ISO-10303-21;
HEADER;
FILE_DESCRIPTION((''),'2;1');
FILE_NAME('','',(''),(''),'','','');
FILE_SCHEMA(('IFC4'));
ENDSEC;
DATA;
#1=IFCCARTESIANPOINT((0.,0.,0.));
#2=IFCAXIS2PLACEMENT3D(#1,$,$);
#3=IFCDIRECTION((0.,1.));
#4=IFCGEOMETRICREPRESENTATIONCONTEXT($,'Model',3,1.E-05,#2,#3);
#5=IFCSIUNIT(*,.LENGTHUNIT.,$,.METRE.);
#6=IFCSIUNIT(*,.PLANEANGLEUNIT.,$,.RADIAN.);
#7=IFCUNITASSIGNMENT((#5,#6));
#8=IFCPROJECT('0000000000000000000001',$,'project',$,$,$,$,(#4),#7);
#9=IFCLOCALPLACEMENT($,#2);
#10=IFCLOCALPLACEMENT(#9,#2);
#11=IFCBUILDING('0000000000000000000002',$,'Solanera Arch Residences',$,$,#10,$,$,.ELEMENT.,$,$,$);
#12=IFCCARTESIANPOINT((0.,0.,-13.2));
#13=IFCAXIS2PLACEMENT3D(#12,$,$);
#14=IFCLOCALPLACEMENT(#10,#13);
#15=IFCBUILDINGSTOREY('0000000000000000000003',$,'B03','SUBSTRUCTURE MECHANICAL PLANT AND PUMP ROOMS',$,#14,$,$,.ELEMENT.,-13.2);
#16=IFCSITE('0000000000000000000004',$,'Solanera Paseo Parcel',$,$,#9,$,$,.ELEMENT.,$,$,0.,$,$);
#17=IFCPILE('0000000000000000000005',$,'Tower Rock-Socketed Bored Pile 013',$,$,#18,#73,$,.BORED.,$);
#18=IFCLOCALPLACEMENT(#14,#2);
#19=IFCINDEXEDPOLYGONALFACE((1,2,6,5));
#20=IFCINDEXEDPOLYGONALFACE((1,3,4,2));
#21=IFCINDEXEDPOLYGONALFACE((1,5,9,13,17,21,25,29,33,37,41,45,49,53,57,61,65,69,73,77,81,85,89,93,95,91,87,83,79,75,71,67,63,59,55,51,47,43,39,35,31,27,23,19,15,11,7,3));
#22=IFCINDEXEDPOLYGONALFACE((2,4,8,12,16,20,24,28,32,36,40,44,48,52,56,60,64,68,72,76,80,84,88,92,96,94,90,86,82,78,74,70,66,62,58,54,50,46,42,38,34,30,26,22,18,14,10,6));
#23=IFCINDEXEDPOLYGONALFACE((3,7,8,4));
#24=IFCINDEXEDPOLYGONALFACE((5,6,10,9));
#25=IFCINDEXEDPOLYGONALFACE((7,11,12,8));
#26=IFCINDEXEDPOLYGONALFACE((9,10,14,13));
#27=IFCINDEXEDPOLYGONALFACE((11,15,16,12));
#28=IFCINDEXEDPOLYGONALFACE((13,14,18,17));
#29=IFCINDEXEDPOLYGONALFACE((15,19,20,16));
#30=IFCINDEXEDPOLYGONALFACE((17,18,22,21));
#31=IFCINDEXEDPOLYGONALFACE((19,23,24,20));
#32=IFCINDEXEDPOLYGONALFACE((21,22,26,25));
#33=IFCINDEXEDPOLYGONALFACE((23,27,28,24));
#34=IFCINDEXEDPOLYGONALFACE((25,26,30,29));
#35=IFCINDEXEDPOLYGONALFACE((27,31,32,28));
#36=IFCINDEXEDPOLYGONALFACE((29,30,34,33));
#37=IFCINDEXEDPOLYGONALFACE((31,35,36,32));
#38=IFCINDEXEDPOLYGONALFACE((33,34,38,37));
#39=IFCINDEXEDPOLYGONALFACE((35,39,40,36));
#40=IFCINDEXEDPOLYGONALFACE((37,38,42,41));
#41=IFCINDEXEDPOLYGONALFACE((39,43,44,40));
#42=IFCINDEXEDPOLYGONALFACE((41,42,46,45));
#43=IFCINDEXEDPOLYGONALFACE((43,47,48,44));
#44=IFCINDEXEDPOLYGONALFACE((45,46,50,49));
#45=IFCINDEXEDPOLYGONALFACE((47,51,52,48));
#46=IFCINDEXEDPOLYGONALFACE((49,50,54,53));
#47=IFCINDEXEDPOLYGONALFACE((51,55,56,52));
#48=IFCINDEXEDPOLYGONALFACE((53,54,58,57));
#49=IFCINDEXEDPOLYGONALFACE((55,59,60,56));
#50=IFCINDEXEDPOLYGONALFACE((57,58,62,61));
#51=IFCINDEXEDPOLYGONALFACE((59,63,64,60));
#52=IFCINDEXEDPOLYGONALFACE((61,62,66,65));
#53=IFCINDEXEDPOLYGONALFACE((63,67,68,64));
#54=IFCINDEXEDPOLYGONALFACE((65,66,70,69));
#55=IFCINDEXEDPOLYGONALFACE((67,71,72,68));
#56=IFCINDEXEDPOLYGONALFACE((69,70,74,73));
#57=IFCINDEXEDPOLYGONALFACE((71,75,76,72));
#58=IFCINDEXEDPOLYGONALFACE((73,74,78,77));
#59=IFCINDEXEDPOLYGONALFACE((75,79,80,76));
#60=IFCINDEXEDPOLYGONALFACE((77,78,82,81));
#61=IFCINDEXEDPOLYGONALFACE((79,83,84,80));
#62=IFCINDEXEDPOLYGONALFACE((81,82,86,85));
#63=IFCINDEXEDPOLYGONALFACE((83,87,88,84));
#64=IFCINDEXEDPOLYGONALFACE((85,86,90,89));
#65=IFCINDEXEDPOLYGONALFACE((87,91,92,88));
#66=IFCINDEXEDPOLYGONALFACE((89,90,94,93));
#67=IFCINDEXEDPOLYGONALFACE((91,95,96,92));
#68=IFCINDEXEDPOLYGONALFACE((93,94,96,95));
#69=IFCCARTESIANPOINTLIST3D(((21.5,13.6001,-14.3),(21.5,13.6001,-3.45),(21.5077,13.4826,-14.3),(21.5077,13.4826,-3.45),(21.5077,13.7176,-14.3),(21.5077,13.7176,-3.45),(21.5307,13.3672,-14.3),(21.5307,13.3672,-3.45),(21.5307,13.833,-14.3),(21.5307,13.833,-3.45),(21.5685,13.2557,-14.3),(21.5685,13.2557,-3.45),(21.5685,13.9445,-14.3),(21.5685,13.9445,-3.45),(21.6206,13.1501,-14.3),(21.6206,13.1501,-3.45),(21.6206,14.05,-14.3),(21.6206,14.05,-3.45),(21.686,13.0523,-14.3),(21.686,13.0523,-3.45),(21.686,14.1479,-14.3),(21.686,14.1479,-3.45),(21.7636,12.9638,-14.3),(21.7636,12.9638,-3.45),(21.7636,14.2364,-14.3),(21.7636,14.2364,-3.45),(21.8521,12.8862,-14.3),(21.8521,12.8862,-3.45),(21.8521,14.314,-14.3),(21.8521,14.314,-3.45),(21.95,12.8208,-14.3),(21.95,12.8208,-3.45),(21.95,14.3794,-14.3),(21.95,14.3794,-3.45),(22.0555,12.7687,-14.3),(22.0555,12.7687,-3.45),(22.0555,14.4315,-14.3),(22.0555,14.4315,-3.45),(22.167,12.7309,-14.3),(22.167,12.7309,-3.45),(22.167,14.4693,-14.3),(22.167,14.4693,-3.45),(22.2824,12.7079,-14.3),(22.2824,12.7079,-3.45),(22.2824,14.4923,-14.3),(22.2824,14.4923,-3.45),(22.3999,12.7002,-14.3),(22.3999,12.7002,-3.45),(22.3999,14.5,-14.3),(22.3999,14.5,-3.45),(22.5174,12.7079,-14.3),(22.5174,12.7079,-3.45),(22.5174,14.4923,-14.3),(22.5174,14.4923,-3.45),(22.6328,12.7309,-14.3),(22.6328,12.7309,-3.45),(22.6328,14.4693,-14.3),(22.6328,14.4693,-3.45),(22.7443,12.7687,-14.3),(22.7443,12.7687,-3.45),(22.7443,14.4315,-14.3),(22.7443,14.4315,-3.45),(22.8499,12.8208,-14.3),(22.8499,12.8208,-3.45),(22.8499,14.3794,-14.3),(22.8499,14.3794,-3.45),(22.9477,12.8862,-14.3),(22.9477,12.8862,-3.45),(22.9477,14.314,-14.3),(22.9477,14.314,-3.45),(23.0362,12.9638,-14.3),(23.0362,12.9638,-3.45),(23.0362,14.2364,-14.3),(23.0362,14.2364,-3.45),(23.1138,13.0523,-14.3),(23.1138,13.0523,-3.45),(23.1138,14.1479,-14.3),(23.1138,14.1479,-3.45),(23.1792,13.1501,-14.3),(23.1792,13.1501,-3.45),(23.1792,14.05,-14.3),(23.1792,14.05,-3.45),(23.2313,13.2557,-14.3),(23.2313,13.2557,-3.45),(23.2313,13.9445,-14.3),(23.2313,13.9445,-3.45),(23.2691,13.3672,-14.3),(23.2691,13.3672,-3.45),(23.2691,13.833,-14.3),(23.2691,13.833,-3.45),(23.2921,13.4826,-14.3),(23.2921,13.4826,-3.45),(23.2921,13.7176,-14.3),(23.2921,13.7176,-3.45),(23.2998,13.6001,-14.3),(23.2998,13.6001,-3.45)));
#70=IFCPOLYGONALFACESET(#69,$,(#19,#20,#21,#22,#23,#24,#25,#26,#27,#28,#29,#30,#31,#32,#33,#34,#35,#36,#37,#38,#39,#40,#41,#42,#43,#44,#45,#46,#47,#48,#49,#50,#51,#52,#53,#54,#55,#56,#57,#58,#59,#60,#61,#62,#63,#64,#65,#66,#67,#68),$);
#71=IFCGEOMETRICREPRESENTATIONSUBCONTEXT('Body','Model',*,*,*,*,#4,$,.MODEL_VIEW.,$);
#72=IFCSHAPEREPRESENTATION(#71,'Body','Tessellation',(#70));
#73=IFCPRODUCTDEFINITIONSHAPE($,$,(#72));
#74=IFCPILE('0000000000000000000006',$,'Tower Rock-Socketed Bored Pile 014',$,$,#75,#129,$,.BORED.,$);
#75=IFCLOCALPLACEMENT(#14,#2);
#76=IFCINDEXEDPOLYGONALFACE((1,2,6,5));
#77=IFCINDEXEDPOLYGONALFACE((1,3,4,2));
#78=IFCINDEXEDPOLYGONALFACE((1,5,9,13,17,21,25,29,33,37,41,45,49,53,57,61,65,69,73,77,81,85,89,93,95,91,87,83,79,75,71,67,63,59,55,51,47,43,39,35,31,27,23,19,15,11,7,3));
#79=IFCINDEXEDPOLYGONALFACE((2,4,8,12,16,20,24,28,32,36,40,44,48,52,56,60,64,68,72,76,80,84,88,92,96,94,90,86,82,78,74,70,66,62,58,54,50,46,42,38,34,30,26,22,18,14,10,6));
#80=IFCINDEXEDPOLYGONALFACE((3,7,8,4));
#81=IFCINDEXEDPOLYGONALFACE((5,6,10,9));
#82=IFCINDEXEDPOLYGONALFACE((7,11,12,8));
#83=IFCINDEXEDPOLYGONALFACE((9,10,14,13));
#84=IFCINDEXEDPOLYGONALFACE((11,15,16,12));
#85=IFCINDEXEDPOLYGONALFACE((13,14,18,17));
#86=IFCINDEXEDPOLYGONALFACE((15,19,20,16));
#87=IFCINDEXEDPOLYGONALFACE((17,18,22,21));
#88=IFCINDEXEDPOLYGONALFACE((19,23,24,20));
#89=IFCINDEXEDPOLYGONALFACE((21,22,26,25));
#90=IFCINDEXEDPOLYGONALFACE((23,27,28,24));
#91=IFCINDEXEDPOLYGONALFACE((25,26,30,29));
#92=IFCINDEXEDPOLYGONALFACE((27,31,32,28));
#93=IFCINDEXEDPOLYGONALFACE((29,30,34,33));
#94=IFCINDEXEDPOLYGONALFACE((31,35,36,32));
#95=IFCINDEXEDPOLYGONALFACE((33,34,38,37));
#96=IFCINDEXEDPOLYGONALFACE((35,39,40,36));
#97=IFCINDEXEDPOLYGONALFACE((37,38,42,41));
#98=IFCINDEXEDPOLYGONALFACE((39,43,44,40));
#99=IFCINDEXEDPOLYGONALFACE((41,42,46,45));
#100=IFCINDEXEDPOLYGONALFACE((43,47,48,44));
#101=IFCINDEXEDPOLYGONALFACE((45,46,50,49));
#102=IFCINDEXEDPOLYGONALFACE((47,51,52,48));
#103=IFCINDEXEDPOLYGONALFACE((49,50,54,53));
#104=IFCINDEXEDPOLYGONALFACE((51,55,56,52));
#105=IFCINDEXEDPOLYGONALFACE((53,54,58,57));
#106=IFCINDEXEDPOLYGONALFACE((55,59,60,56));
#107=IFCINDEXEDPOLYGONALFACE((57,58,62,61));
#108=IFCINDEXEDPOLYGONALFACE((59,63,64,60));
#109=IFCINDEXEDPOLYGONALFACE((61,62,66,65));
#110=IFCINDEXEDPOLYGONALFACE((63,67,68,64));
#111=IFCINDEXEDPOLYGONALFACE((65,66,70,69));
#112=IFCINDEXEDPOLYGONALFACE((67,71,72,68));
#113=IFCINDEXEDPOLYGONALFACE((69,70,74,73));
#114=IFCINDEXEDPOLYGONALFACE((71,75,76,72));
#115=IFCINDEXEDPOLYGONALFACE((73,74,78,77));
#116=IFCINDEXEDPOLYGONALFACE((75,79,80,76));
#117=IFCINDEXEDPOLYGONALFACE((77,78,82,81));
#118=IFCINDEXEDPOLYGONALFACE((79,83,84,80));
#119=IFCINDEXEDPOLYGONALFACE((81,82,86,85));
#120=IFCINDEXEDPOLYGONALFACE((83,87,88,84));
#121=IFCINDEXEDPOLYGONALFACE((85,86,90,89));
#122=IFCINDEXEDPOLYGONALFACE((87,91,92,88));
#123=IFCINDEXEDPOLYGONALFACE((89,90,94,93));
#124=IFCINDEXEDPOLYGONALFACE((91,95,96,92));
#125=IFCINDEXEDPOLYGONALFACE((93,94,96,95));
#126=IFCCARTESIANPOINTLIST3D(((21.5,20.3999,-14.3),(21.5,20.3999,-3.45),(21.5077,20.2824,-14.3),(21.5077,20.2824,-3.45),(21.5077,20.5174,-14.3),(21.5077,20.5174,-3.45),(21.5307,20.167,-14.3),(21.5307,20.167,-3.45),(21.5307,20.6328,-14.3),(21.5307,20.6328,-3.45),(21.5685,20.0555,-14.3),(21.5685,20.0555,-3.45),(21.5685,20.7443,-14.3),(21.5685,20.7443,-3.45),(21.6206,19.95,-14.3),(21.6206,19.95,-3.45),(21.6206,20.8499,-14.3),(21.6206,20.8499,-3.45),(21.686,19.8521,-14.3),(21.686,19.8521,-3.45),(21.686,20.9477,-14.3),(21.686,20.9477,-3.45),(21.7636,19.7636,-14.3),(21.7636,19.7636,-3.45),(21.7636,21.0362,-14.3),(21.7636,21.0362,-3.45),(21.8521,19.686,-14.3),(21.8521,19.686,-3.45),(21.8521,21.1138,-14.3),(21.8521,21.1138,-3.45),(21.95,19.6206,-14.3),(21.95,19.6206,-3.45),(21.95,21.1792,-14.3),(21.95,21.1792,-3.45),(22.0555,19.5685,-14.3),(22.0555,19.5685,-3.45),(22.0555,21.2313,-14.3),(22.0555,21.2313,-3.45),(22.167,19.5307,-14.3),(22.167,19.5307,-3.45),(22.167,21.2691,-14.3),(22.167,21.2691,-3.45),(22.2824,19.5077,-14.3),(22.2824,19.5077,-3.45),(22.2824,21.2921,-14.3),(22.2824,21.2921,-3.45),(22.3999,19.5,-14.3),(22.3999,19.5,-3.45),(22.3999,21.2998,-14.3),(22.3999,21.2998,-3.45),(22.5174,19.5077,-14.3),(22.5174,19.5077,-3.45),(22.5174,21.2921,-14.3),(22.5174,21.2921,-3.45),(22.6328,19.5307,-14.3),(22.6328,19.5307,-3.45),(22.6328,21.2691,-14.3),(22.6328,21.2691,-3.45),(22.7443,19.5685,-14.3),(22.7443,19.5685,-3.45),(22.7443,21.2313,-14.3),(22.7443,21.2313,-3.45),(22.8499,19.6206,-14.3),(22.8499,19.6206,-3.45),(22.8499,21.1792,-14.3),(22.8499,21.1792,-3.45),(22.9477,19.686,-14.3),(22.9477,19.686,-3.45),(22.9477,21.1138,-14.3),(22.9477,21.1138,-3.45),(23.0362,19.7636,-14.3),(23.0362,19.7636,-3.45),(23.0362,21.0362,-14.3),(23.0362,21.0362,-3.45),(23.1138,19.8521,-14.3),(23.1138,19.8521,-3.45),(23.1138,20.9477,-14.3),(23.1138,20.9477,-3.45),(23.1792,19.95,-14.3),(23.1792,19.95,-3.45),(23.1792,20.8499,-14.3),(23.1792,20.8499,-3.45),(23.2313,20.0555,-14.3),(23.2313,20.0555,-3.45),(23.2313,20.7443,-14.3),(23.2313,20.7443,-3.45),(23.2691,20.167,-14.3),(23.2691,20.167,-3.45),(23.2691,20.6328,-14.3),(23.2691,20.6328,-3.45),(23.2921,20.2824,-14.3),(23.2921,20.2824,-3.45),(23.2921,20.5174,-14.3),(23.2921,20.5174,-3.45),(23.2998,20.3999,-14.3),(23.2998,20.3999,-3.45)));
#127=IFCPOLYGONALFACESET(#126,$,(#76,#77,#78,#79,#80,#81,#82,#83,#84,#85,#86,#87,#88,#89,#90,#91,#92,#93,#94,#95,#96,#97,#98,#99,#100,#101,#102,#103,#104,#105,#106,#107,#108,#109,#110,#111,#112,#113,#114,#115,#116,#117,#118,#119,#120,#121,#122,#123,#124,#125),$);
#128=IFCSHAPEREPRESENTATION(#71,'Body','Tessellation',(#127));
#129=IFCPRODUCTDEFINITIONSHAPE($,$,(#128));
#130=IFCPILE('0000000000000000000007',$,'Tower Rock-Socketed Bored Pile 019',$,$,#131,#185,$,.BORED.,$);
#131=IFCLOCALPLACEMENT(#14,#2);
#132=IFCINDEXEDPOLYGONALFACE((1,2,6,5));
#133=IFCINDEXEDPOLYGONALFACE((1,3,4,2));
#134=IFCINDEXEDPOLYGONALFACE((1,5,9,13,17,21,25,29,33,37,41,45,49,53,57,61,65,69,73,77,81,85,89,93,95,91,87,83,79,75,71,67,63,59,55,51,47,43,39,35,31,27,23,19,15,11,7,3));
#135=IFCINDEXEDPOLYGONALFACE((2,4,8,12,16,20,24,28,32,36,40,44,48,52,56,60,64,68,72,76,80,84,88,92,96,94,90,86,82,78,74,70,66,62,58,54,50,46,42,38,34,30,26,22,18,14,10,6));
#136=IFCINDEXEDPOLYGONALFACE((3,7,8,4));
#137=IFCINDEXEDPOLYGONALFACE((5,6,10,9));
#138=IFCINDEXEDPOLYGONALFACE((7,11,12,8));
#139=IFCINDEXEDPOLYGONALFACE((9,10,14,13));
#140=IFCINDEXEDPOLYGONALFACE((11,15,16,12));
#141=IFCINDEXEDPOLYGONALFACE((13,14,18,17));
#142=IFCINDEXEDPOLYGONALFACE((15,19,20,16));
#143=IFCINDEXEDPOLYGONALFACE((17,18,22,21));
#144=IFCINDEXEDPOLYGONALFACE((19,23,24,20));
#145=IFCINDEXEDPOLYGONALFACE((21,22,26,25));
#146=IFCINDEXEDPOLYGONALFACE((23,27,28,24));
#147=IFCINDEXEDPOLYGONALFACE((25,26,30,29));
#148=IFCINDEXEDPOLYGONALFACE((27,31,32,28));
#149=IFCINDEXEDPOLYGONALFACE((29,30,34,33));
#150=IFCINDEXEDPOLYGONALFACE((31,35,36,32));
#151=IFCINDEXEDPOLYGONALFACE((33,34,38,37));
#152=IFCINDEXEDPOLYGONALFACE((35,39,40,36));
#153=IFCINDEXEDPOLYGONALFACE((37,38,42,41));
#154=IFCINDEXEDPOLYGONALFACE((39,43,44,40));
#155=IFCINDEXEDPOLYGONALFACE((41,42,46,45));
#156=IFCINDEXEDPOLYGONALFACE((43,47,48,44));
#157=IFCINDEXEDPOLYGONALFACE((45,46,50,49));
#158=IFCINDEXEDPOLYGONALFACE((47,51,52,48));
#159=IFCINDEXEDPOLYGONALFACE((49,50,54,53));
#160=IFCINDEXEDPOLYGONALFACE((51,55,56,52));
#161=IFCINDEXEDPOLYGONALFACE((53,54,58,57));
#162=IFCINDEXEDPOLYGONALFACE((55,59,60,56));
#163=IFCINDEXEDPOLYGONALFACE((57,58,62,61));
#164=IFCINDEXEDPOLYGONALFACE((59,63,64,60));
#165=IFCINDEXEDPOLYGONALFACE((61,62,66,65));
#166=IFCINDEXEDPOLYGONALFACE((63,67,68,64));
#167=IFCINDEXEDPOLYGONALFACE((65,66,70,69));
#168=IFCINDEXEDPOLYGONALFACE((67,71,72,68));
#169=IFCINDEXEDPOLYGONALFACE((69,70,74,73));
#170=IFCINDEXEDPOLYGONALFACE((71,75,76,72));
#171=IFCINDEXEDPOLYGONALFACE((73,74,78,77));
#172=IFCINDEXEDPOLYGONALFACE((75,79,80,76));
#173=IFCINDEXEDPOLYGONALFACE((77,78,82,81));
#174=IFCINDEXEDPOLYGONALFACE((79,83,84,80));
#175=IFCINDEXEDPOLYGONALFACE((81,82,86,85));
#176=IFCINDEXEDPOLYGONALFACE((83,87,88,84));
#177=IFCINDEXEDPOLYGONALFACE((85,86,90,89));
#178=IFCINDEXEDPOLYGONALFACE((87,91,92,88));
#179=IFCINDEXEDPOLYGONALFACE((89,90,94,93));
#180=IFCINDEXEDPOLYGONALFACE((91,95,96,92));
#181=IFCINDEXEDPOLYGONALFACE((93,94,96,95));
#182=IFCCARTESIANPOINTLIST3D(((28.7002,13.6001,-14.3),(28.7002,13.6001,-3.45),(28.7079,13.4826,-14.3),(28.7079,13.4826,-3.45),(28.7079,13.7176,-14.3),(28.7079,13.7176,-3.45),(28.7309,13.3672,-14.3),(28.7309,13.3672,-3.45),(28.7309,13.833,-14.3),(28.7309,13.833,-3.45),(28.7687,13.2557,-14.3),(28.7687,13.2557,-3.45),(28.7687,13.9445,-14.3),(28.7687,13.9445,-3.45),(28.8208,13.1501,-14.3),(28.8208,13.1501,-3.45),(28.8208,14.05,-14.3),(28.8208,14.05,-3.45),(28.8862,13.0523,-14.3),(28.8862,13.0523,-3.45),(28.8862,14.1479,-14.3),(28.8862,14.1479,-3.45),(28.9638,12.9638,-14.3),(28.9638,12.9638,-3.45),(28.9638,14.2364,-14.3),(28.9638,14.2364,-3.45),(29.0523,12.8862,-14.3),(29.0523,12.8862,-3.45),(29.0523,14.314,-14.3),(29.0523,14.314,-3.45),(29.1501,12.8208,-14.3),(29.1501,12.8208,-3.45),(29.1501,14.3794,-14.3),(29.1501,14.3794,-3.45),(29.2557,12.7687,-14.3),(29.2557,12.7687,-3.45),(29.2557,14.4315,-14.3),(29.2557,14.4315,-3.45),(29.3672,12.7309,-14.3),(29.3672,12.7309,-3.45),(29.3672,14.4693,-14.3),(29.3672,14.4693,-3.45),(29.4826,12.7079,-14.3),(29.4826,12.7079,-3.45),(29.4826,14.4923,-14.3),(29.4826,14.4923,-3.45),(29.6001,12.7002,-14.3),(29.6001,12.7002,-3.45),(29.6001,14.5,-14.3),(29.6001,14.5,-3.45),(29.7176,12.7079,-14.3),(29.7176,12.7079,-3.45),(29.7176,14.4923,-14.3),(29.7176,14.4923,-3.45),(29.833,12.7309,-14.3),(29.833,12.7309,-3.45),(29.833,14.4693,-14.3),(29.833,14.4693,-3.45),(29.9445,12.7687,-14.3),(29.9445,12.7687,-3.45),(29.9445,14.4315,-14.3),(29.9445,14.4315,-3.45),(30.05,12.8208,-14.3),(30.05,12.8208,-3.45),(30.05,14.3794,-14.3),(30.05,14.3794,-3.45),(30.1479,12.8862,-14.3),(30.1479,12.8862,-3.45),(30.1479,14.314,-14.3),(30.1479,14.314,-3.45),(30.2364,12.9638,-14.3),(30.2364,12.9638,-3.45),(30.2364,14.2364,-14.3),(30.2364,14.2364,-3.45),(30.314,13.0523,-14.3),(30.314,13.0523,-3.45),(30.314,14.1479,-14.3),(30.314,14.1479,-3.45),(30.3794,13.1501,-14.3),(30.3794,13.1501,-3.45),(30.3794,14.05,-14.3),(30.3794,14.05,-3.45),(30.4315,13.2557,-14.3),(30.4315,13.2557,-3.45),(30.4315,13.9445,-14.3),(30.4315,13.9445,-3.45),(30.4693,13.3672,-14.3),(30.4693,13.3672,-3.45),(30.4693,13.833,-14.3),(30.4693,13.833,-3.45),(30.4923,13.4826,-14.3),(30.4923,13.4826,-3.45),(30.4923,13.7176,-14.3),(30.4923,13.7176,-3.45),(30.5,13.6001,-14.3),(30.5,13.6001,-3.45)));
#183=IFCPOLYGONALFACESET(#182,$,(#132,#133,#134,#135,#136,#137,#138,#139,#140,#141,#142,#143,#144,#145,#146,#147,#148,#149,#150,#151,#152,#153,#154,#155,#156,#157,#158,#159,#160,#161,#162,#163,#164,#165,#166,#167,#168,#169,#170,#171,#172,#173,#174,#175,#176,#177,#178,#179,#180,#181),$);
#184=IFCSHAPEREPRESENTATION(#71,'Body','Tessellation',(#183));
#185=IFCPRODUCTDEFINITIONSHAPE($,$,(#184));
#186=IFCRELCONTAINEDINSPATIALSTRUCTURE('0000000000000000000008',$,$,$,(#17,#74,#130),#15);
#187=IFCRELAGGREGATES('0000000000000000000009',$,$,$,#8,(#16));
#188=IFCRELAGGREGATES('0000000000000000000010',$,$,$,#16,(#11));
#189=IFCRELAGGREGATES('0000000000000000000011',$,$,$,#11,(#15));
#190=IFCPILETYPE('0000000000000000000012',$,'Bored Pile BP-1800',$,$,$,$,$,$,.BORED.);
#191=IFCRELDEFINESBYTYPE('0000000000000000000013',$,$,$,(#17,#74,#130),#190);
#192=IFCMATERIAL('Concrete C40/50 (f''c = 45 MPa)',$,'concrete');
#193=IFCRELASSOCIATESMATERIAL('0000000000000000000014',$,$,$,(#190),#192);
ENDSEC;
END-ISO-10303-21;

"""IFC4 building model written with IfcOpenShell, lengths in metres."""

from ifc_helpers import new_model, si_unit, direction, frame, origin, origin_2d, place, context, subcontext, project, spatial, circle, extrude, material, material_profile, profile_set, type_object, element, save


model = new_model("IFC4")

# Units and contexts
model_context = context("Model", 3, precision=1e-05, world=origin(), true_north=direction((0.0, 1.0)))
body_context = subcontext(model_context, "Body", "Model", "MODEL_VIEW")
ifc_project = project(units=[si_unit("LENGTHUNIT", "METRE"), si_unit("PLANEANGLEUNIT", "RADIAN")], contexts=[model_context])

# Site, building, storey
site_placement = place(None, origin())
site = spatial("IfcSite", under=ifc_project, at=site_placement, Name="Solanera Paseo Parcel", CompositionType="ELEMENT", RefElevation=0.0)
building_placement = place(site_placement, origin())
building = spatial("IfcBuilding", under=site, at=building_placement, Name="Solanera Arch Residences", CompositionType="ELEMENT")
storey_placement = place(building_placement, frame((0.0, 0.0, -13.2)))
storey = spatial("IfcBuildingStorey", under=building, at=storey_placement, Name="B03", Description="SUBSTRUCTURE MECHANICAL PLANT AND PUMP ROOMS", CompositionType="ELEMENT", Elevation=-13.2)

# Piles
ifc_material_1 = material(Name="Concrete C40/50 (f'c = 45 MPa)", Category="concrete")
ifc_material_profile_1 = material_profile(ifc_material_1, circle(Radius=0.8999, at=origin_2d()))
ifc_profile_set_1 = profile_set([ifc_material_profile_1], Name="Concrete C40/50 (f'c = 45 MPa)")
pile_type = type_object("IfcPileType", Name="Bored Pile BP-1800", PredefinedType="BORED", material=ifc_profile_set_1)
for number, where, z_axis, x_axis, name in (
    (1, (22.3999, 13.6001, -3.45), (0.0, 0.0, -1.0), (1.0, 0.0, 0.0), "Tower Rock-Socketed Bored Pile 013"),
    (2, (22.3999, 20.3999, -3.45), (0.0, 0.0, -1.0), (1.0, 0.0, 0.0), "Tower Rock-Socketed Bored Pile 014"),
    (3, (29.6001, 13.6001, -3.45), (0.0, 0.0, -1.0), (1.0, 0.0, 0.0), "Tower Rock-Socketed Bored Pile 019"),
):
    element("IfcPile", number, at=place(storey_placement, frame(where, z_axis=z_axis, x_axis=x_axis)), inside=storey, type_object=pile_type, Name=name, PredefinedType="BORED", context=body_context, shape_type="SweptSolid", body=[
        extrude(circle(Radius=0.8999, at=origin_2d()), origin(), (0.0, 0.0, 1.0), 10.8501),
    ])

save(model, "model.ifc")
